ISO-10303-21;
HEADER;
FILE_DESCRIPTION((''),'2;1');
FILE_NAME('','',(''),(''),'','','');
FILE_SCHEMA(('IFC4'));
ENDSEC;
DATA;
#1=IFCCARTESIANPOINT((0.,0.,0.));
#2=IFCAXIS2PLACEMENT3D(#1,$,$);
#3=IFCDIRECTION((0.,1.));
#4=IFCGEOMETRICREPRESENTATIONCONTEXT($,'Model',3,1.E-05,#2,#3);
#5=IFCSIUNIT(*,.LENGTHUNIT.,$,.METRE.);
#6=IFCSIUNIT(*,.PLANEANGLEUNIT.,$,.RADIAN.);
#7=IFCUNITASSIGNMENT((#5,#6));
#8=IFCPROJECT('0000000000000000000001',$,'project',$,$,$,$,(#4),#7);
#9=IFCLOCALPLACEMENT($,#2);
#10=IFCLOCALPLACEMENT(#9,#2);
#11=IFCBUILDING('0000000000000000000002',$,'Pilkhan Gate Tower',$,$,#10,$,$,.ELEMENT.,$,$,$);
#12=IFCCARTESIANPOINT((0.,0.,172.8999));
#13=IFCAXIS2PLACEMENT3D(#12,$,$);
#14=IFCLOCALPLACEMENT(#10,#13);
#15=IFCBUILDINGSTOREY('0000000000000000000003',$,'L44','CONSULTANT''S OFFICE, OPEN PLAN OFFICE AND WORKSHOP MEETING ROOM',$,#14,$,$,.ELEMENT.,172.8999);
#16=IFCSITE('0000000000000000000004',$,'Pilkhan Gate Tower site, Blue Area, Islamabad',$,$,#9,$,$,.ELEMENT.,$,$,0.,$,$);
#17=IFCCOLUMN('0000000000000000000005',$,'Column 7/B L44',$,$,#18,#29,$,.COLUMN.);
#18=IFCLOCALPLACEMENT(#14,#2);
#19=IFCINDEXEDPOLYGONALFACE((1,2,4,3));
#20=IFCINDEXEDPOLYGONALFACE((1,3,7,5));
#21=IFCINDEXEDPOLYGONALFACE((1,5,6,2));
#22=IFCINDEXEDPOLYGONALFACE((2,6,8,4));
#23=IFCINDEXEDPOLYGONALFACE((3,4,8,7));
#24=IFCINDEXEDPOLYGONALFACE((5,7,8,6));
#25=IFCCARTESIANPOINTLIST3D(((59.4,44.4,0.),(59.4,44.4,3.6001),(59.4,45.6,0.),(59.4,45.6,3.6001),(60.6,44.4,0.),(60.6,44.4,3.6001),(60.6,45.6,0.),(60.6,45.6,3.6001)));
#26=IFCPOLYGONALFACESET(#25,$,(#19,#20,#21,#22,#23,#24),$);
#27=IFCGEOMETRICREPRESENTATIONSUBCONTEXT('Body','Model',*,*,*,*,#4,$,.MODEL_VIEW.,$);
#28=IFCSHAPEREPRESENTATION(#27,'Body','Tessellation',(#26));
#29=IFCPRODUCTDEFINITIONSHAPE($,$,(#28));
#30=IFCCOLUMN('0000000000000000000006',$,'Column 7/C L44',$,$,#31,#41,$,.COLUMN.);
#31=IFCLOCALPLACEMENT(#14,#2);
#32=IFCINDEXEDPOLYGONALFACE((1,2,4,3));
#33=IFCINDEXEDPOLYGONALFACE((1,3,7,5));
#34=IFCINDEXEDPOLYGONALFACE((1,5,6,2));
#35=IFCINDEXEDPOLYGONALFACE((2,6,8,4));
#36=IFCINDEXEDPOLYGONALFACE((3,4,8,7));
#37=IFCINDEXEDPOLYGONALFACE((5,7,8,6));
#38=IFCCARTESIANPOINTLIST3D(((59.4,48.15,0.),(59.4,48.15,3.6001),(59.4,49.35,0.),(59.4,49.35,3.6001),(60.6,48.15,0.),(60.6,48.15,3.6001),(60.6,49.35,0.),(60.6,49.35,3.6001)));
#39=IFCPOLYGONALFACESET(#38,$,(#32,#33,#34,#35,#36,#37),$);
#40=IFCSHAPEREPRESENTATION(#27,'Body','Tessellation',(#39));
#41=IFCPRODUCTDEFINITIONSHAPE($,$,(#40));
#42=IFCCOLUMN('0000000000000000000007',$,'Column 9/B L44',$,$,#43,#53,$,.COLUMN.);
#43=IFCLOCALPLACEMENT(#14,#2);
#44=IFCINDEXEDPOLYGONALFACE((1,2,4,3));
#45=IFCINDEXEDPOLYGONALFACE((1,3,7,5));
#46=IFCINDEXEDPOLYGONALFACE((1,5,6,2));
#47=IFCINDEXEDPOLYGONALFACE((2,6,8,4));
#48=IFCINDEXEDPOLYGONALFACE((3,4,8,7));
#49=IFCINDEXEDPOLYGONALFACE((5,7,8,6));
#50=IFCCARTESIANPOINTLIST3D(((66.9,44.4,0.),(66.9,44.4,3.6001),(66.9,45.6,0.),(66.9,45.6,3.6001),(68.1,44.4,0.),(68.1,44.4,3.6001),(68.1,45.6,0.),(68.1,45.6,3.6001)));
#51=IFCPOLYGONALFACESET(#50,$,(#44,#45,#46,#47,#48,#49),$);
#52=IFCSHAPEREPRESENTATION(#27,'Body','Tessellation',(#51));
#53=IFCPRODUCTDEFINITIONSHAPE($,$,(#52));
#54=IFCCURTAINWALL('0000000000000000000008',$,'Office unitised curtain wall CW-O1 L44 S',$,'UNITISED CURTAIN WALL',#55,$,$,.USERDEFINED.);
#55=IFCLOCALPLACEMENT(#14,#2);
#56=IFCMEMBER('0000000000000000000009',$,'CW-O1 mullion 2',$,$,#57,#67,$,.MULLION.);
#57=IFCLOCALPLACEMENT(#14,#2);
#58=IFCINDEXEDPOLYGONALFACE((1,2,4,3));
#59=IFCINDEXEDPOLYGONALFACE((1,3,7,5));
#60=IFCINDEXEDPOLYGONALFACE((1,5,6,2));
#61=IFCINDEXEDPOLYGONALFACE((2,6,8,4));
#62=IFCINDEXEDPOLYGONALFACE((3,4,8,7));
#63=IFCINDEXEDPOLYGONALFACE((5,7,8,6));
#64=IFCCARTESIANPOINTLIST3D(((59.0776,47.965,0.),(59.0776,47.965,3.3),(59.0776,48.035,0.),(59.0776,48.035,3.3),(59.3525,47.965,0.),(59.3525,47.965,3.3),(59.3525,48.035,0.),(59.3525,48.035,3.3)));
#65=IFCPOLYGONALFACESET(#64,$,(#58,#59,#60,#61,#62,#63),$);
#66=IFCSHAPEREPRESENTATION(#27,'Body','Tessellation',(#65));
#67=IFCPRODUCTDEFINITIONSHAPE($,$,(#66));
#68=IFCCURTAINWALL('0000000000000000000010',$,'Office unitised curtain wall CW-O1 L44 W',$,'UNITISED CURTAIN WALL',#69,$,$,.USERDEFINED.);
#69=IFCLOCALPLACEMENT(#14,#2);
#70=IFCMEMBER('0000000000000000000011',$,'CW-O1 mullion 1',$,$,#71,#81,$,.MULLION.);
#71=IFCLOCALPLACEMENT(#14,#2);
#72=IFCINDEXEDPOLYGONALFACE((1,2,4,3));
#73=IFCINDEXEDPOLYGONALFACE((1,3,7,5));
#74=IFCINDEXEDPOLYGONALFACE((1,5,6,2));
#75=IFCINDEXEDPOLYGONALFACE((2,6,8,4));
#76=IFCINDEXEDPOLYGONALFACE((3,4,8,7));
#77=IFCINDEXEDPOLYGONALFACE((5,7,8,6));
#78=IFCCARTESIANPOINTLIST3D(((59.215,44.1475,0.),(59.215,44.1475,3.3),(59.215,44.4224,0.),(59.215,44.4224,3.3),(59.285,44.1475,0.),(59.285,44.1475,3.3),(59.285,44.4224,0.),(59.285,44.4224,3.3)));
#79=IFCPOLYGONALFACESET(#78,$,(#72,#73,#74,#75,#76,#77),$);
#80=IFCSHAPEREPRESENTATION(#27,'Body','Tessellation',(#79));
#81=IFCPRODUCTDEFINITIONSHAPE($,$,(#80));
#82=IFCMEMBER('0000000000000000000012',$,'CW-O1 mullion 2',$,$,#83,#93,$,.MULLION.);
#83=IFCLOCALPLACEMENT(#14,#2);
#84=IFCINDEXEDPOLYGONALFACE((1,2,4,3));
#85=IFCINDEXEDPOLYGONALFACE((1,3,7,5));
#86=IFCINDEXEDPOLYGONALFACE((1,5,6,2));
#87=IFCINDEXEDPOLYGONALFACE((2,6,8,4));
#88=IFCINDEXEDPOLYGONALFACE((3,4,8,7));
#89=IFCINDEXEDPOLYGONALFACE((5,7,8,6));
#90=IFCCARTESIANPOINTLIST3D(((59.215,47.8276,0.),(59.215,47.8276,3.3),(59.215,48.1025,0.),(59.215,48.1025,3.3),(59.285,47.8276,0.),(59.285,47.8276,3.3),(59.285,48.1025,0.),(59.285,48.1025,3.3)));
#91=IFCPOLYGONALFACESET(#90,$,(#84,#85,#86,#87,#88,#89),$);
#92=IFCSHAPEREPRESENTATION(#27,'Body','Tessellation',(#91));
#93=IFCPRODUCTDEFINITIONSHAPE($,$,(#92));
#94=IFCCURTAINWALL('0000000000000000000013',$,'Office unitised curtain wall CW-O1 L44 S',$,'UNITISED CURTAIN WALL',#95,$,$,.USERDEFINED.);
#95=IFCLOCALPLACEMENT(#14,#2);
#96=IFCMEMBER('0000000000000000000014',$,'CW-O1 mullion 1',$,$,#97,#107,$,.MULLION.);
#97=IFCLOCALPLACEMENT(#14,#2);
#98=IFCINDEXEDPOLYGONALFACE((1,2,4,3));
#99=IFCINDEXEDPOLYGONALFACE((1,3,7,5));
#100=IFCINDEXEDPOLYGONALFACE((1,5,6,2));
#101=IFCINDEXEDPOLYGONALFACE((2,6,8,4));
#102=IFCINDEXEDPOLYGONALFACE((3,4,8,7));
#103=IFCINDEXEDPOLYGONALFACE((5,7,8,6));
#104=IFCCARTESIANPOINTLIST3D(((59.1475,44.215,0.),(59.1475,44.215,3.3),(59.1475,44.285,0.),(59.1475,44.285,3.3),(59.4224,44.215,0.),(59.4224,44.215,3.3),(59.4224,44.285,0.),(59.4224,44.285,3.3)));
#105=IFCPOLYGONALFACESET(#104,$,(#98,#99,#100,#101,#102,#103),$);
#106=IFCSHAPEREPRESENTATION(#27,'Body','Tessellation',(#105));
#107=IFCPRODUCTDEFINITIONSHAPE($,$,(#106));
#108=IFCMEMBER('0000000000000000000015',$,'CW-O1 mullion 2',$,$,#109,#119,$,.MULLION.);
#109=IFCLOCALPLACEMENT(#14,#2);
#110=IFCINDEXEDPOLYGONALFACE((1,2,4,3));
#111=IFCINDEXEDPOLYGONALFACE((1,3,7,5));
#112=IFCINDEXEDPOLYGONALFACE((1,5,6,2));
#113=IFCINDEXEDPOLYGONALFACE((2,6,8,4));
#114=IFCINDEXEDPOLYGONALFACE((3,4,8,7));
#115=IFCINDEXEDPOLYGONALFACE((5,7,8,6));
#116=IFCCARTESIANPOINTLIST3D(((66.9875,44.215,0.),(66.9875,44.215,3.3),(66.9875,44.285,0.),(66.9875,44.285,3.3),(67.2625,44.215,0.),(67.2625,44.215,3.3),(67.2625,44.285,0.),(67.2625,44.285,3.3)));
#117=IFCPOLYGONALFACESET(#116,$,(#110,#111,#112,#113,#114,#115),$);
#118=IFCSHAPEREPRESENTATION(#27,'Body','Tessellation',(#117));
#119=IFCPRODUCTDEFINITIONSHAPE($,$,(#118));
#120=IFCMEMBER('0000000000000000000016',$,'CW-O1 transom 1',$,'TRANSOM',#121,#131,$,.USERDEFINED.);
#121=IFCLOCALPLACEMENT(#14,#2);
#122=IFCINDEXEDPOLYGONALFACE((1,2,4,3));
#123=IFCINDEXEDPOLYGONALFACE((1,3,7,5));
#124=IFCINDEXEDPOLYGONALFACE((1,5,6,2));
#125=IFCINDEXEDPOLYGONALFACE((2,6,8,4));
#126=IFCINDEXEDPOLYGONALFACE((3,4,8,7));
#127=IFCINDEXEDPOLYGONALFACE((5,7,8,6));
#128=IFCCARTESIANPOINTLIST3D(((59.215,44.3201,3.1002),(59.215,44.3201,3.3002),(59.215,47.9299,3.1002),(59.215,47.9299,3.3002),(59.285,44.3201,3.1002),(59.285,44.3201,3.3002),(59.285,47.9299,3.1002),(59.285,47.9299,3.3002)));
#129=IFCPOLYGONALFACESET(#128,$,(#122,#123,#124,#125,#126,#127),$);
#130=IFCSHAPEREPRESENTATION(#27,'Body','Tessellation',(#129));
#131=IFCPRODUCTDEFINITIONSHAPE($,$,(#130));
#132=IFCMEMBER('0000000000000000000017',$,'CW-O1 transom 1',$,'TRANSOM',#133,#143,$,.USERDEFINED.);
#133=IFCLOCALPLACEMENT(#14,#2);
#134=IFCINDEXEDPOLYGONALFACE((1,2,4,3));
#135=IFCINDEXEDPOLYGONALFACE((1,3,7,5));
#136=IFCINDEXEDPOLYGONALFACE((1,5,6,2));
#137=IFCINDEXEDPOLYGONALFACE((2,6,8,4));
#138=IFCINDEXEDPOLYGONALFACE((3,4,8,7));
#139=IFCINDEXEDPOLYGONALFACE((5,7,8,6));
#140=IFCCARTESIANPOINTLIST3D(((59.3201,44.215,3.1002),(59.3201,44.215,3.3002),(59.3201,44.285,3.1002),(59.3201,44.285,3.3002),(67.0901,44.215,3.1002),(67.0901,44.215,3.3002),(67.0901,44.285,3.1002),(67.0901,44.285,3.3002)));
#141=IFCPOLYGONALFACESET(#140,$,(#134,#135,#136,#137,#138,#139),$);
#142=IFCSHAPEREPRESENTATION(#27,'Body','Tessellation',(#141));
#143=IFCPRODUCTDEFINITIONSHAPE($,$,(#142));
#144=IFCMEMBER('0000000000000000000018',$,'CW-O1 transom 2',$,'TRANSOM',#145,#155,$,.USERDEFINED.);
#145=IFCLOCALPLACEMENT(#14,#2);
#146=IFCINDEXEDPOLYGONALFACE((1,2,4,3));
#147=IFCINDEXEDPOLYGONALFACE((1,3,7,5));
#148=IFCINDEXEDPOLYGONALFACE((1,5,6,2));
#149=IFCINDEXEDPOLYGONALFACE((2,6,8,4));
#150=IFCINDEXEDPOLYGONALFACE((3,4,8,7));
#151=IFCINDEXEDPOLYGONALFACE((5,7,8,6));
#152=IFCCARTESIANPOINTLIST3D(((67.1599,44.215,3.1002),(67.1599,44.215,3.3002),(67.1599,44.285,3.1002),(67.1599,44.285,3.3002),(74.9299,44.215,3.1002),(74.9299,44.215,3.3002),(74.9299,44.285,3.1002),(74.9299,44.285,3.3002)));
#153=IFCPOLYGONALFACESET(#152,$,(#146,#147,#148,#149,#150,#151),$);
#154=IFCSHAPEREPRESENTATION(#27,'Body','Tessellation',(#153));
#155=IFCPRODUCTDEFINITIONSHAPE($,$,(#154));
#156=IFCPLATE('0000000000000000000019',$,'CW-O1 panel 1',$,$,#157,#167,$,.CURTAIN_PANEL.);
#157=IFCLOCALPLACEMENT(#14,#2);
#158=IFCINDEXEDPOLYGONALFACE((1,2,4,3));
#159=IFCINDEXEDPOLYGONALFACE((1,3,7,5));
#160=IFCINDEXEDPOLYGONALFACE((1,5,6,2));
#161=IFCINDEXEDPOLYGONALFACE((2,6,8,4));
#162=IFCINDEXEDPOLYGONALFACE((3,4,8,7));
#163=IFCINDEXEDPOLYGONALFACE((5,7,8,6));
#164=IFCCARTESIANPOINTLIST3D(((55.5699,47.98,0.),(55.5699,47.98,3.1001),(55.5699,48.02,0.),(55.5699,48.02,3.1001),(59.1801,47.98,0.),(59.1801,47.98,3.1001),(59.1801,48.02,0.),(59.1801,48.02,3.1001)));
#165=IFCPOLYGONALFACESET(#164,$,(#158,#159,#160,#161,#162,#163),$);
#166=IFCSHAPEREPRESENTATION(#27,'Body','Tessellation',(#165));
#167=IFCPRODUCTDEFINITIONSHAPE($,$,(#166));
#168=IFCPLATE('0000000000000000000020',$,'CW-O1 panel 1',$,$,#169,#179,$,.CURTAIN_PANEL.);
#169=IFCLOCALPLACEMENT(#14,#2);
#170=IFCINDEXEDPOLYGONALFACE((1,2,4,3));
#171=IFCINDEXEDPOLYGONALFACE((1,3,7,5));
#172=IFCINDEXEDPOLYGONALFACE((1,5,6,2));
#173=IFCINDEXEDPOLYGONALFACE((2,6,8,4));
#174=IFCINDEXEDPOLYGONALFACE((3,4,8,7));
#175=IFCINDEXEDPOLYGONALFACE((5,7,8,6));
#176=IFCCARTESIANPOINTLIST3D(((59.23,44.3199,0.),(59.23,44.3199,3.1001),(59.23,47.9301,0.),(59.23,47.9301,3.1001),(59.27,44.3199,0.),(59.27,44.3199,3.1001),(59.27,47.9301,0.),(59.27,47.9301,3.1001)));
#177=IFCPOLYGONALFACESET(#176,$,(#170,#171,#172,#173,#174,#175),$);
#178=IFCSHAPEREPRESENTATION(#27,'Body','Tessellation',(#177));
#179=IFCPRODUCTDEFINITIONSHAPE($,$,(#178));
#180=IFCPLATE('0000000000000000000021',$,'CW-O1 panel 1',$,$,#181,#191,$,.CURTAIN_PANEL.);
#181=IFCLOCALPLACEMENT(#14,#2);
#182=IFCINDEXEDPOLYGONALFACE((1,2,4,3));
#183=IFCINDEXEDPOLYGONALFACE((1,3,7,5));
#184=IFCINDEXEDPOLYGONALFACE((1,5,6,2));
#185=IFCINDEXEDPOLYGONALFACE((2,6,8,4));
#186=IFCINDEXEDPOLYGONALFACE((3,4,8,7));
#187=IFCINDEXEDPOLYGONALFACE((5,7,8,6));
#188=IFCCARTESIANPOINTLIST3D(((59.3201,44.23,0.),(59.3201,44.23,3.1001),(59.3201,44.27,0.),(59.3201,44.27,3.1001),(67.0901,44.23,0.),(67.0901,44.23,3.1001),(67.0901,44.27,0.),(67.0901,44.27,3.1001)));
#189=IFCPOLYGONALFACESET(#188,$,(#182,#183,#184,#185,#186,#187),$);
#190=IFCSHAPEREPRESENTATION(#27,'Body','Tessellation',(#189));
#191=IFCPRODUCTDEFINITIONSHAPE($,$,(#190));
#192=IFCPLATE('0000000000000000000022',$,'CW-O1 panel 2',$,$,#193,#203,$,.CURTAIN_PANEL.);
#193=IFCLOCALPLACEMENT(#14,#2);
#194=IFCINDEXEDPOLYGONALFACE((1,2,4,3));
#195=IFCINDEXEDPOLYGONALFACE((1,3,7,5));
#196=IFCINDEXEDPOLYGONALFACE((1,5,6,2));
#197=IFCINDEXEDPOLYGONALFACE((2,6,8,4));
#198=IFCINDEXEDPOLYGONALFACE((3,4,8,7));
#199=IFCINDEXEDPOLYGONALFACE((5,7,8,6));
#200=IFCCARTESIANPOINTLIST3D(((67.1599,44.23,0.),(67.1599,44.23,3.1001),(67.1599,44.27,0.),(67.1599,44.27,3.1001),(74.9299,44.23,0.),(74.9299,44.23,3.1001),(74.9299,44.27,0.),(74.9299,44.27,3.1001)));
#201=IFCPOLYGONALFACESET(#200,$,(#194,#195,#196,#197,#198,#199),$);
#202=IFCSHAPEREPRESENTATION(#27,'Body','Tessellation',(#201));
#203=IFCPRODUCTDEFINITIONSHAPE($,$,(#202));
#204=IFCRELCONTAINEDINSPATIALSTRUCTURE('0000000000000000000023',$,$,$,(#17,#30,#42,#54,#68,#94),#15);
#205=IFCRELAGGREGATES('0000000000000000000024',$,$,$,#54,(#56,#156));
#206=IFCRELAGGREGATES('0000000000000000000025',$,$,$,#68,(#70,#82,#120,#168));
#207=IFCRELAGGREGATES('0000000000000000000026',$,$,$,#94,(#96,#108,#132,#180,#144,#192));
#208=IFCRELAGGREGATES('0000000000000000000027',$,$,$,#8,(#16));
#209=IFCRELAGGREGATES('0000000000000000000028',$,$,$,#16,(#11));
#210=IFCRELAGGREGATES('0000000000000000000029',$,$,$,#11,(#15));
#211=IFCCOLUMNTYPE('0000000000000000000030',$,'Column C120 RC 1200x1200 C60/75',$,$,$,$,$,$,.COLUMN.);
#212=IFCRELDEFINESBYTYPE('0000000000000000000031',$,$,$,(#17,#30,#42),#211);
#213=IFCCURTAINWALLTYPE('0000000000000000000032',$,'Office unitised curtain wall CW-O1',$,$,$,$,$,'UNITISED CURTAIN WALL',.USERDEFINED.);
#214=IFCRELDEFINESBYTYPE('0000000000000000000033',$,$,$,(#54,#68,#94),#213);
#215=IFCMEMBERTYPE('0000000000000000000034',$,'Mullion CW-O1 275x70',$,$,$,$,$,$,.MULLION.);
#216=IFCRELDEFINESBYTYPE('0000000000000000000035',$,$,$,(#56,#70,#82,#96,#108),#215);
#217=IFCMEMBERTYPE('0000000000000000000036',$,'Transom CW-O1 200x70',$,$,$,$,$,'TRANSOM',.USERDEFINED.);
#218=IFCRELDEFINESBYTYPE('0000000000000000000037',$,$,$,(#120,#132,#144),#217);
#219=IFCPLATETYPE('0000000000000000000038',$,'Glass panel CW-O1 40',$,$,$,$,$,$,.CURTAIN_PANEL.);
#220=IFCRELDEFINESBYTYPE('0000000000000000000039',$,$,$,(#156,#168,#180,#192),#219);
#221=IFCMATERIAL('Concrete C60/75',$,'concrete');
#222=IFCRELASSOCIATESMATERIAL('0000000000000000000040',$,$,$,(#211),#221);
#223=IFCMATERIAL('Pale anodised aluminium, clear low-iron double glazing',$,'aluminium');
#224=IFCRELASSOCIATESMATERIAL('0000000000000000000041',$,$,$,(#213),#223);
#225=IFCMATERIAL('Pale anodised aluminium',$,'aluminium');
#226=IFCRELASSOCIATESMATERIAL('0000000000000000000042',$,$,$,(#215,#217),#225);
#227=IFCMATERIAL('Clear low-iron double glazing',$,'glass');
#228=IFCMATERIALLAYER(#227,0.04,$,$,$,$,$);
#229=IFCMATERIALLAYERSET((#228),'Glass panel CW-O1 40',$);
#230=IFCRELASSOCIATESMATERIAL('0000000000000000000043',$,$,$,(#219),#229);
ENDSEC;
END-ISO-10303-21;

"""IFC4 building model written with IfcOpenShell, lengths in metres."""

from ifc_helpers import new_model, si_unit, direction, frame, origin, origin_2d, place, context, subcontext, project, spatial, rectangle, extrude, material, layer, layer_set, material_profile, profile_set, type_object, element, aggregate, save


model = new_model("IFC4")

# Units and contexts
model_context = context("Model", 3, precision=1e-05, world=origin(), true_north=direction((0.0, 1.0)))
body_context = subcontext(model_context, "Body", "Model", "MODEL_VIEW")
ifc_project = project(units=[si_unit("LENGTHUNIT", "METRE"), si_unit("PLANEANGLEUNIT", "RADIAN")], contexts=[model_context])

# Site, building, storey
site_placement = place(None, origin())
site = spatial("IfcSite", under=ifc_project, at=site_placement, Name="Pilkhan Gate Tower site, Blue Area, Islamabad", CompositionType="ELEMENT", RefElevation=0.0)
building_placement = place(site_placement, origin())
building = spatial("IfcBuilding", under=site, at=building_placement, Name="Pilkhan Gate Tower", CompositionType="ELEMENT")
storey_placement = place(building_placement, frame((0.0, 0.0, 172.8999)))
storey = spatial("IfcBuildingStorey", under=building, at=storey_placement, Name="L44", Description="CONSULTANT'S OFFICE, OPEN PLAN OFFICE AND WORKSHOP MEETING ROOM", CompositionType="ELEMENT", Elevation=172.8999)

# Columns
ifc_material_1 = material(Name="Concrete C60/75", Category="concrete")
ifc_material_profile_1 = material_profile(ifc_material_1, rectangle(XDim=1.2, YDim=1.2, at=origin_2d()), Name="RC 1200x1200")
ifc_profile_set_1 = profile_set([ifc_material_profile_1], Name="Concrete C60/75")
column_type = type_object("IfcColumnType", Name="Column C120 RC 1200x1200 C60/75", PredefinedType="COLUMN", material=ifc_profile_set_1)
for number, where, z_axis, x_axis, name in (
    (1, (60.0, 45.0, 0.0), (0.0, 0.0, 1.0), (1.0, 0.0, 0.0), "Column 7/B L44"),
    (2, (60.0, 48.75, 0.0), (0.0, 0.0, 1.0), (1.0, 0.0, 0.0), "Column 7/C L44"),
    (3, (67.5, 45.0, 0.0), (0.0, 0.0, 1.0), (1.0, 0.0, 0.0), "Column 9/B L44"),
):
    element("IfcColumn", number, at=place(storey_placement, frame(where, z_axis=z_axis, x_axis=x_axis)), inside=storey, type_object=column_type, Name=name, PredefinedType="COLUMN", context=body_context, shape_type="SweptSolid", body=[
        extrude(rectangle(XDim=1.2, YDim=1.2, at=origin_2d()), origin(), (0.0, 0.0, 1.0), 3.6001),
    ])

# Curtain wall, member
ifc_material_2 = material(Name="Pale anodised aluminium, clear low-iron double glazing", Category="aluminium")
curtain_wall_type = type_object("IfcCurtainWallType", Name="Office unitised curtain wall CW-O1", ElementType="UNITISED CURTAIN WALL", PredefinedType="USERDEFINED", material=ifc_material_2)
curtain_wall_1_placement = place(storey_placement, origin())
curtain_wall_1 = element("IfcCurtainWall", 4, at=curtain_wall_1_placement, inside=storey, type_object=curtain_wall_type, Name="Office unitised curtain wall CW-O1 L44 S", ObjectType="UNITISED CURTAIN WALL", PredefinedType="USERDEFINED")
ifc_material_3 = material(Name="Pale anodised aluminium", Category="aluminium")
ifc_material_profile_2 = material_profile(ifc_material_3, rectangle(XDim=0.0701, YDim=0.2749, at=origin_2d()), Name="Mullion 275x70")
ifc_profile_set_2 = profile_set([ifc_material_profile_2], Name="Pale anodised aluminium")
member_type_1 = type_object("IfcMemberType", Name="Mullion CW-O1 275x70", PredefinedType="MULLION", material=ifc_profile_set_2)
member_1_placement = place(storey_placement, frame((59.2151, 48.0, 0.0), z_axis=(0.0, 0.0, 1.0), x_axis=(0.0, 1.0, 0.0)))
member_1 = element("IfcMember", 5, at=member_1_placement, type_object=member_type_1, Name="CW-O1 mullion 2", PredefinedType="MULLION", context=body_context, shape_type="SweptSolid", body=[
    extrude(rectangle(XDim=0.0701, YDim=0.2749, at=origin_2d()), origin(), (0.0, 0.0, 1.0), 3.3),
])

# Curtain walls, members
curtain_wall_2_placement = place(storey_placement, origin())
curtain_wall_2 = element("IfcCurtainWall", 6, at=curtain_wall_2_placement, inside=storey, type_object=curtain_wall_type, Name="Office unitised curtain wall CW-O1 L44 W", ObjectType="UNITISED CURTAIN WALL", PredefinedType="USERDEFINED")
member_2_placement = place(storey_placement, frame((59.25, 44.2849, 0.0), z_axis=(0.0, 0.0, 1.0), x_axis=(-1.0, 0.0, 0.0)))
member_2 = element("IfcMember", 7, at=member_2_placement, type_object=member_type_1, Name="CW-O1 mullion 1", PredefinedType="MULLION", context=body_context, shape_type="SweptSolid", body=[
    extrude(rectangle(XDim=0.0701, YDim=0.2749, at=origin_2d()), origin(), (0.0, 0.0, 1.0), 3.3),
])
member_3_placement = place(storey_placement, frame((59.25, 47.9651, 0.0), z_axis=(0.0, 0.0, 1.0), x_axis=(-1.0, 0.0, 0.0)))
member_3 = element("IfcMember", 8, at=member_3_placement, type_object=member_type_1, Name="CW-O1 mullion 2", PredefinedType="MULLION", context=body_context, shape_type="SweptSolid", body=[
    extrude(rectangle(XDim=0.0701, YDim=0.2749, at=origin_2d()), origin(), (0.0, 0.0, 1.0), 3.3),
])
curtain_wall_3_placement = place(storey_placement, origin())
curtain_wall_3 = element("IfcCurtainWall", 9, at=curtain_wall_3_placement, inside=storey, type_object=curtain_wall_type, Name="Office unitised curtain wall CW-O1 L44 S", ObjectType="UNITISED CURTAIN WALL", PredefinedType="USERDEFINED")
member_4_placement = place(storey_placement, frame((59.2849, 44.25, 0.0), z_axis=(0.0, 0.0, 1.0), x_axis=(0.0, 1.0, 0.0)))
member_4 = element("IfcMember", 10, at=member_4_placement, type_object=member_type_1, Name="CW-O1 mullion 1", PredefinedType="MULLION", context=body_context, shape_type="SweptSolid", body=[
    extrude(rectangle(XDim=0.0701, YDim=0.2749, at=origin_2d()), origin(), (0.0, 0.0, 1.0), 3.3),
])
member_5_placement = place(storey_placement, frame((67.125, 44.25, 0.0), z_axis=(0.0, 0.0, 1.0), x_axis=(0.0, 1.0, 0.0)))
member_5 = element("IfcMember", 11, at=member_5_placement, type_object=member_type_1, Name="CW-O1 mullion 2", PredefinedType="MULLION", context=body_context, shape_type="SweptSolid", body=[
    extrude(rectangle(XDim=0.0701, YDim=0.2749, at=origin_2d()), origin(), (0.0, 0.0, 1.0), 3.3),
])

# Members
ifc_material_profile_3 = material_profile(ifc_material_3, rectangle(XDim=0.0701, YDim=0.2, at=origin_2d()), Name="Transom 200x70")
ifc_profile_set_3 = profile_set([ifc_material_profile_3], Name="Pale anodised aluminium")
member_type_2 = type_object("IfcMemberType", Name="Transom CW-O1 200x70", ElementType="TRANSOM", PredefinedType="USERDEFINED", material=ifc_profile_set_3)
member_6_placement = place(storey_placement, frame((59.25, 44.3201, 3.2002), z_axis=(0.0, 1.0, 0.0), x_axis=(-1.0, 0.0, 0.0)))
member_6 = element("IfcMember", 12, at=member_6_placement, type_object=member_type_2, Name="CW-O1 transom 1", ObjectType="TRANSOM", PredefinedType="USERDEFINED", context=body_context, shape_type="SweptSolid", body=[
    extrude(rectangle(XDim=0.0701, YDim=0.2, at=origin_2d()), origin(), (0.0, 0.0, 1.0), 3.6099),
])
member_7_placement = place(storey_placement, frame((59.3201, 44.25, 3.2002), z_axis=(1.0, 0.0, 0.0), x_axis=(0.0, 1.0, 0.0)))
member_7 = element("IfcMember", 13, at=member_7_placement, type_object=member_type_2, Name="CW-O1 transom 1", ObjectType="TRANSOM", PredefinedType="USERDEFINED", context=body_context, shape_type="SweptSolid", body=[
    extrude(rectangle(XDim=0.0701, YDim=0.2, at=origin_2d()), origin(), (0.0, 0.0, 1.0), 7.77),
])
member_8_placement = place(storey_placement, frame((67.1599, 44.25, 3.2002), z_axis=(1.0, 0.0, 0.0), x_axis=(0.0, 1.0, 0.0)))
member_8 = element("IfcMember", 14, at=member_8_placement, type_object=member_type_2, Name="CW-O1 transom 2", ObjectType="TRANSOM", PredefinedType="USERDEFINED", context=body_context, shape_type="SweptSolid", body=[
    extrude(rectangle(XDim=0.0701, YDim=0.2, at=origin_2d()), origin(), (0.0, 0.0, 1.0), 7.77),
])

# Plates
ifc_material_4 = material(Name="Clear low-iron double glazing", Category="glass")
ifc_layer_1 = layer(ifc_material_4, 0.04)
ifc_layer_set_1 = layer_set([ifc_layer_1], Name="Glass panel CW-O1 40")
plate_type = type_object("IfcPlateType", Name="Glass panel CW-O1 40", PredefinedType="CURTAIN_PANEL", material=ifc_layer_set_1)
plate_1_placement = place(storey_placement, frame((57.375, 48.0, 0.0), z_axis=(0.0, 0.0, 1.0), x_axis=(1.0, 0.0, 0.0)))
plate_1 = element("IfcPlate", 15, at=plate_1_placement, type_object=plate_type, Name="CW-O1 panel 1", PredefinedType="CURTAIN_PANEL", context=body_context, shape_type="SweptSolid", body=[
    extrude(rectangle(XDim=3.6101, YDim=0.04, at=origin_2d()), origin(), (0.0, 0.0, 1.0), 3.1001),
])
aggregate(curtain_wall_1, [member_1, plate_1])
plate_2_placement = place(storey_placement, frame((59.25, 46.125, 0.0), z_axis=(0.0, 0.0, 1.0), x_axis=(0.0, 1.0, 0.0)))
plate_2 = element("IfcPlate", 16, at=plate_2_placement, type_object=plate_type, Name="CW-O1 panel 1", PredefinedType="CURTAIN_PANEL", context=body_context, shape_type="SweptSolid", body=[
    extrude(rectangle(XDim=3.6101, YDim=0.04, at=origin_2d()), origin(), (0.0, 0.0, 1.0), 3.1001),
])
aggregate(curtain_wall_2, [member_2, member_3, member_6, plate_2])
plate_3_placement = place(storey_placement, frame((63.2051, 44.25, 0.0), z_axis=(0.0, 0.0, 1.0), x_axis=(1.0, 0.0, 0.0)))
plate_3 = element("IfcPlate", 17, at=plate_3_placement, type_object=plate_type, Name="CW-O1 panel 1", PredefinedType="CURTAIN_PANEL", context=body_context, shape_type="SweptSolid", body=[
    extrude(rectangle(XDim=7.77, YDim=0.04, at=origin_2d()), origin(), (0.0, 0.0, 1.0), 3.1001),
])
plate_4_placement = place(storey_placement, frame((71.0449, 44.25, 0.0), z_axis=(0.0, 0.0, 1.0), x_axis=(1.0, 0.0, 0.0)))
plate_4 = element("IfcPlate", 18, at=plate_4_placement, type_object=plate_type, Name="CW-O1 panel 2", PredefinedType="CURTAIN_PANEL", context=body_context, shape_type="SweptSolid", body=[
    extrude(rectangle(XDim=7.77, YDim=0.04, at=origin_2d()), origin(), (0.0, 0.0, 1.0), 3.1001),
])
aggregate(curtain_wall_3, [member_4, member_5, member_7, plate_3, member_8, plate_4])

save(model, "model.ifc")
